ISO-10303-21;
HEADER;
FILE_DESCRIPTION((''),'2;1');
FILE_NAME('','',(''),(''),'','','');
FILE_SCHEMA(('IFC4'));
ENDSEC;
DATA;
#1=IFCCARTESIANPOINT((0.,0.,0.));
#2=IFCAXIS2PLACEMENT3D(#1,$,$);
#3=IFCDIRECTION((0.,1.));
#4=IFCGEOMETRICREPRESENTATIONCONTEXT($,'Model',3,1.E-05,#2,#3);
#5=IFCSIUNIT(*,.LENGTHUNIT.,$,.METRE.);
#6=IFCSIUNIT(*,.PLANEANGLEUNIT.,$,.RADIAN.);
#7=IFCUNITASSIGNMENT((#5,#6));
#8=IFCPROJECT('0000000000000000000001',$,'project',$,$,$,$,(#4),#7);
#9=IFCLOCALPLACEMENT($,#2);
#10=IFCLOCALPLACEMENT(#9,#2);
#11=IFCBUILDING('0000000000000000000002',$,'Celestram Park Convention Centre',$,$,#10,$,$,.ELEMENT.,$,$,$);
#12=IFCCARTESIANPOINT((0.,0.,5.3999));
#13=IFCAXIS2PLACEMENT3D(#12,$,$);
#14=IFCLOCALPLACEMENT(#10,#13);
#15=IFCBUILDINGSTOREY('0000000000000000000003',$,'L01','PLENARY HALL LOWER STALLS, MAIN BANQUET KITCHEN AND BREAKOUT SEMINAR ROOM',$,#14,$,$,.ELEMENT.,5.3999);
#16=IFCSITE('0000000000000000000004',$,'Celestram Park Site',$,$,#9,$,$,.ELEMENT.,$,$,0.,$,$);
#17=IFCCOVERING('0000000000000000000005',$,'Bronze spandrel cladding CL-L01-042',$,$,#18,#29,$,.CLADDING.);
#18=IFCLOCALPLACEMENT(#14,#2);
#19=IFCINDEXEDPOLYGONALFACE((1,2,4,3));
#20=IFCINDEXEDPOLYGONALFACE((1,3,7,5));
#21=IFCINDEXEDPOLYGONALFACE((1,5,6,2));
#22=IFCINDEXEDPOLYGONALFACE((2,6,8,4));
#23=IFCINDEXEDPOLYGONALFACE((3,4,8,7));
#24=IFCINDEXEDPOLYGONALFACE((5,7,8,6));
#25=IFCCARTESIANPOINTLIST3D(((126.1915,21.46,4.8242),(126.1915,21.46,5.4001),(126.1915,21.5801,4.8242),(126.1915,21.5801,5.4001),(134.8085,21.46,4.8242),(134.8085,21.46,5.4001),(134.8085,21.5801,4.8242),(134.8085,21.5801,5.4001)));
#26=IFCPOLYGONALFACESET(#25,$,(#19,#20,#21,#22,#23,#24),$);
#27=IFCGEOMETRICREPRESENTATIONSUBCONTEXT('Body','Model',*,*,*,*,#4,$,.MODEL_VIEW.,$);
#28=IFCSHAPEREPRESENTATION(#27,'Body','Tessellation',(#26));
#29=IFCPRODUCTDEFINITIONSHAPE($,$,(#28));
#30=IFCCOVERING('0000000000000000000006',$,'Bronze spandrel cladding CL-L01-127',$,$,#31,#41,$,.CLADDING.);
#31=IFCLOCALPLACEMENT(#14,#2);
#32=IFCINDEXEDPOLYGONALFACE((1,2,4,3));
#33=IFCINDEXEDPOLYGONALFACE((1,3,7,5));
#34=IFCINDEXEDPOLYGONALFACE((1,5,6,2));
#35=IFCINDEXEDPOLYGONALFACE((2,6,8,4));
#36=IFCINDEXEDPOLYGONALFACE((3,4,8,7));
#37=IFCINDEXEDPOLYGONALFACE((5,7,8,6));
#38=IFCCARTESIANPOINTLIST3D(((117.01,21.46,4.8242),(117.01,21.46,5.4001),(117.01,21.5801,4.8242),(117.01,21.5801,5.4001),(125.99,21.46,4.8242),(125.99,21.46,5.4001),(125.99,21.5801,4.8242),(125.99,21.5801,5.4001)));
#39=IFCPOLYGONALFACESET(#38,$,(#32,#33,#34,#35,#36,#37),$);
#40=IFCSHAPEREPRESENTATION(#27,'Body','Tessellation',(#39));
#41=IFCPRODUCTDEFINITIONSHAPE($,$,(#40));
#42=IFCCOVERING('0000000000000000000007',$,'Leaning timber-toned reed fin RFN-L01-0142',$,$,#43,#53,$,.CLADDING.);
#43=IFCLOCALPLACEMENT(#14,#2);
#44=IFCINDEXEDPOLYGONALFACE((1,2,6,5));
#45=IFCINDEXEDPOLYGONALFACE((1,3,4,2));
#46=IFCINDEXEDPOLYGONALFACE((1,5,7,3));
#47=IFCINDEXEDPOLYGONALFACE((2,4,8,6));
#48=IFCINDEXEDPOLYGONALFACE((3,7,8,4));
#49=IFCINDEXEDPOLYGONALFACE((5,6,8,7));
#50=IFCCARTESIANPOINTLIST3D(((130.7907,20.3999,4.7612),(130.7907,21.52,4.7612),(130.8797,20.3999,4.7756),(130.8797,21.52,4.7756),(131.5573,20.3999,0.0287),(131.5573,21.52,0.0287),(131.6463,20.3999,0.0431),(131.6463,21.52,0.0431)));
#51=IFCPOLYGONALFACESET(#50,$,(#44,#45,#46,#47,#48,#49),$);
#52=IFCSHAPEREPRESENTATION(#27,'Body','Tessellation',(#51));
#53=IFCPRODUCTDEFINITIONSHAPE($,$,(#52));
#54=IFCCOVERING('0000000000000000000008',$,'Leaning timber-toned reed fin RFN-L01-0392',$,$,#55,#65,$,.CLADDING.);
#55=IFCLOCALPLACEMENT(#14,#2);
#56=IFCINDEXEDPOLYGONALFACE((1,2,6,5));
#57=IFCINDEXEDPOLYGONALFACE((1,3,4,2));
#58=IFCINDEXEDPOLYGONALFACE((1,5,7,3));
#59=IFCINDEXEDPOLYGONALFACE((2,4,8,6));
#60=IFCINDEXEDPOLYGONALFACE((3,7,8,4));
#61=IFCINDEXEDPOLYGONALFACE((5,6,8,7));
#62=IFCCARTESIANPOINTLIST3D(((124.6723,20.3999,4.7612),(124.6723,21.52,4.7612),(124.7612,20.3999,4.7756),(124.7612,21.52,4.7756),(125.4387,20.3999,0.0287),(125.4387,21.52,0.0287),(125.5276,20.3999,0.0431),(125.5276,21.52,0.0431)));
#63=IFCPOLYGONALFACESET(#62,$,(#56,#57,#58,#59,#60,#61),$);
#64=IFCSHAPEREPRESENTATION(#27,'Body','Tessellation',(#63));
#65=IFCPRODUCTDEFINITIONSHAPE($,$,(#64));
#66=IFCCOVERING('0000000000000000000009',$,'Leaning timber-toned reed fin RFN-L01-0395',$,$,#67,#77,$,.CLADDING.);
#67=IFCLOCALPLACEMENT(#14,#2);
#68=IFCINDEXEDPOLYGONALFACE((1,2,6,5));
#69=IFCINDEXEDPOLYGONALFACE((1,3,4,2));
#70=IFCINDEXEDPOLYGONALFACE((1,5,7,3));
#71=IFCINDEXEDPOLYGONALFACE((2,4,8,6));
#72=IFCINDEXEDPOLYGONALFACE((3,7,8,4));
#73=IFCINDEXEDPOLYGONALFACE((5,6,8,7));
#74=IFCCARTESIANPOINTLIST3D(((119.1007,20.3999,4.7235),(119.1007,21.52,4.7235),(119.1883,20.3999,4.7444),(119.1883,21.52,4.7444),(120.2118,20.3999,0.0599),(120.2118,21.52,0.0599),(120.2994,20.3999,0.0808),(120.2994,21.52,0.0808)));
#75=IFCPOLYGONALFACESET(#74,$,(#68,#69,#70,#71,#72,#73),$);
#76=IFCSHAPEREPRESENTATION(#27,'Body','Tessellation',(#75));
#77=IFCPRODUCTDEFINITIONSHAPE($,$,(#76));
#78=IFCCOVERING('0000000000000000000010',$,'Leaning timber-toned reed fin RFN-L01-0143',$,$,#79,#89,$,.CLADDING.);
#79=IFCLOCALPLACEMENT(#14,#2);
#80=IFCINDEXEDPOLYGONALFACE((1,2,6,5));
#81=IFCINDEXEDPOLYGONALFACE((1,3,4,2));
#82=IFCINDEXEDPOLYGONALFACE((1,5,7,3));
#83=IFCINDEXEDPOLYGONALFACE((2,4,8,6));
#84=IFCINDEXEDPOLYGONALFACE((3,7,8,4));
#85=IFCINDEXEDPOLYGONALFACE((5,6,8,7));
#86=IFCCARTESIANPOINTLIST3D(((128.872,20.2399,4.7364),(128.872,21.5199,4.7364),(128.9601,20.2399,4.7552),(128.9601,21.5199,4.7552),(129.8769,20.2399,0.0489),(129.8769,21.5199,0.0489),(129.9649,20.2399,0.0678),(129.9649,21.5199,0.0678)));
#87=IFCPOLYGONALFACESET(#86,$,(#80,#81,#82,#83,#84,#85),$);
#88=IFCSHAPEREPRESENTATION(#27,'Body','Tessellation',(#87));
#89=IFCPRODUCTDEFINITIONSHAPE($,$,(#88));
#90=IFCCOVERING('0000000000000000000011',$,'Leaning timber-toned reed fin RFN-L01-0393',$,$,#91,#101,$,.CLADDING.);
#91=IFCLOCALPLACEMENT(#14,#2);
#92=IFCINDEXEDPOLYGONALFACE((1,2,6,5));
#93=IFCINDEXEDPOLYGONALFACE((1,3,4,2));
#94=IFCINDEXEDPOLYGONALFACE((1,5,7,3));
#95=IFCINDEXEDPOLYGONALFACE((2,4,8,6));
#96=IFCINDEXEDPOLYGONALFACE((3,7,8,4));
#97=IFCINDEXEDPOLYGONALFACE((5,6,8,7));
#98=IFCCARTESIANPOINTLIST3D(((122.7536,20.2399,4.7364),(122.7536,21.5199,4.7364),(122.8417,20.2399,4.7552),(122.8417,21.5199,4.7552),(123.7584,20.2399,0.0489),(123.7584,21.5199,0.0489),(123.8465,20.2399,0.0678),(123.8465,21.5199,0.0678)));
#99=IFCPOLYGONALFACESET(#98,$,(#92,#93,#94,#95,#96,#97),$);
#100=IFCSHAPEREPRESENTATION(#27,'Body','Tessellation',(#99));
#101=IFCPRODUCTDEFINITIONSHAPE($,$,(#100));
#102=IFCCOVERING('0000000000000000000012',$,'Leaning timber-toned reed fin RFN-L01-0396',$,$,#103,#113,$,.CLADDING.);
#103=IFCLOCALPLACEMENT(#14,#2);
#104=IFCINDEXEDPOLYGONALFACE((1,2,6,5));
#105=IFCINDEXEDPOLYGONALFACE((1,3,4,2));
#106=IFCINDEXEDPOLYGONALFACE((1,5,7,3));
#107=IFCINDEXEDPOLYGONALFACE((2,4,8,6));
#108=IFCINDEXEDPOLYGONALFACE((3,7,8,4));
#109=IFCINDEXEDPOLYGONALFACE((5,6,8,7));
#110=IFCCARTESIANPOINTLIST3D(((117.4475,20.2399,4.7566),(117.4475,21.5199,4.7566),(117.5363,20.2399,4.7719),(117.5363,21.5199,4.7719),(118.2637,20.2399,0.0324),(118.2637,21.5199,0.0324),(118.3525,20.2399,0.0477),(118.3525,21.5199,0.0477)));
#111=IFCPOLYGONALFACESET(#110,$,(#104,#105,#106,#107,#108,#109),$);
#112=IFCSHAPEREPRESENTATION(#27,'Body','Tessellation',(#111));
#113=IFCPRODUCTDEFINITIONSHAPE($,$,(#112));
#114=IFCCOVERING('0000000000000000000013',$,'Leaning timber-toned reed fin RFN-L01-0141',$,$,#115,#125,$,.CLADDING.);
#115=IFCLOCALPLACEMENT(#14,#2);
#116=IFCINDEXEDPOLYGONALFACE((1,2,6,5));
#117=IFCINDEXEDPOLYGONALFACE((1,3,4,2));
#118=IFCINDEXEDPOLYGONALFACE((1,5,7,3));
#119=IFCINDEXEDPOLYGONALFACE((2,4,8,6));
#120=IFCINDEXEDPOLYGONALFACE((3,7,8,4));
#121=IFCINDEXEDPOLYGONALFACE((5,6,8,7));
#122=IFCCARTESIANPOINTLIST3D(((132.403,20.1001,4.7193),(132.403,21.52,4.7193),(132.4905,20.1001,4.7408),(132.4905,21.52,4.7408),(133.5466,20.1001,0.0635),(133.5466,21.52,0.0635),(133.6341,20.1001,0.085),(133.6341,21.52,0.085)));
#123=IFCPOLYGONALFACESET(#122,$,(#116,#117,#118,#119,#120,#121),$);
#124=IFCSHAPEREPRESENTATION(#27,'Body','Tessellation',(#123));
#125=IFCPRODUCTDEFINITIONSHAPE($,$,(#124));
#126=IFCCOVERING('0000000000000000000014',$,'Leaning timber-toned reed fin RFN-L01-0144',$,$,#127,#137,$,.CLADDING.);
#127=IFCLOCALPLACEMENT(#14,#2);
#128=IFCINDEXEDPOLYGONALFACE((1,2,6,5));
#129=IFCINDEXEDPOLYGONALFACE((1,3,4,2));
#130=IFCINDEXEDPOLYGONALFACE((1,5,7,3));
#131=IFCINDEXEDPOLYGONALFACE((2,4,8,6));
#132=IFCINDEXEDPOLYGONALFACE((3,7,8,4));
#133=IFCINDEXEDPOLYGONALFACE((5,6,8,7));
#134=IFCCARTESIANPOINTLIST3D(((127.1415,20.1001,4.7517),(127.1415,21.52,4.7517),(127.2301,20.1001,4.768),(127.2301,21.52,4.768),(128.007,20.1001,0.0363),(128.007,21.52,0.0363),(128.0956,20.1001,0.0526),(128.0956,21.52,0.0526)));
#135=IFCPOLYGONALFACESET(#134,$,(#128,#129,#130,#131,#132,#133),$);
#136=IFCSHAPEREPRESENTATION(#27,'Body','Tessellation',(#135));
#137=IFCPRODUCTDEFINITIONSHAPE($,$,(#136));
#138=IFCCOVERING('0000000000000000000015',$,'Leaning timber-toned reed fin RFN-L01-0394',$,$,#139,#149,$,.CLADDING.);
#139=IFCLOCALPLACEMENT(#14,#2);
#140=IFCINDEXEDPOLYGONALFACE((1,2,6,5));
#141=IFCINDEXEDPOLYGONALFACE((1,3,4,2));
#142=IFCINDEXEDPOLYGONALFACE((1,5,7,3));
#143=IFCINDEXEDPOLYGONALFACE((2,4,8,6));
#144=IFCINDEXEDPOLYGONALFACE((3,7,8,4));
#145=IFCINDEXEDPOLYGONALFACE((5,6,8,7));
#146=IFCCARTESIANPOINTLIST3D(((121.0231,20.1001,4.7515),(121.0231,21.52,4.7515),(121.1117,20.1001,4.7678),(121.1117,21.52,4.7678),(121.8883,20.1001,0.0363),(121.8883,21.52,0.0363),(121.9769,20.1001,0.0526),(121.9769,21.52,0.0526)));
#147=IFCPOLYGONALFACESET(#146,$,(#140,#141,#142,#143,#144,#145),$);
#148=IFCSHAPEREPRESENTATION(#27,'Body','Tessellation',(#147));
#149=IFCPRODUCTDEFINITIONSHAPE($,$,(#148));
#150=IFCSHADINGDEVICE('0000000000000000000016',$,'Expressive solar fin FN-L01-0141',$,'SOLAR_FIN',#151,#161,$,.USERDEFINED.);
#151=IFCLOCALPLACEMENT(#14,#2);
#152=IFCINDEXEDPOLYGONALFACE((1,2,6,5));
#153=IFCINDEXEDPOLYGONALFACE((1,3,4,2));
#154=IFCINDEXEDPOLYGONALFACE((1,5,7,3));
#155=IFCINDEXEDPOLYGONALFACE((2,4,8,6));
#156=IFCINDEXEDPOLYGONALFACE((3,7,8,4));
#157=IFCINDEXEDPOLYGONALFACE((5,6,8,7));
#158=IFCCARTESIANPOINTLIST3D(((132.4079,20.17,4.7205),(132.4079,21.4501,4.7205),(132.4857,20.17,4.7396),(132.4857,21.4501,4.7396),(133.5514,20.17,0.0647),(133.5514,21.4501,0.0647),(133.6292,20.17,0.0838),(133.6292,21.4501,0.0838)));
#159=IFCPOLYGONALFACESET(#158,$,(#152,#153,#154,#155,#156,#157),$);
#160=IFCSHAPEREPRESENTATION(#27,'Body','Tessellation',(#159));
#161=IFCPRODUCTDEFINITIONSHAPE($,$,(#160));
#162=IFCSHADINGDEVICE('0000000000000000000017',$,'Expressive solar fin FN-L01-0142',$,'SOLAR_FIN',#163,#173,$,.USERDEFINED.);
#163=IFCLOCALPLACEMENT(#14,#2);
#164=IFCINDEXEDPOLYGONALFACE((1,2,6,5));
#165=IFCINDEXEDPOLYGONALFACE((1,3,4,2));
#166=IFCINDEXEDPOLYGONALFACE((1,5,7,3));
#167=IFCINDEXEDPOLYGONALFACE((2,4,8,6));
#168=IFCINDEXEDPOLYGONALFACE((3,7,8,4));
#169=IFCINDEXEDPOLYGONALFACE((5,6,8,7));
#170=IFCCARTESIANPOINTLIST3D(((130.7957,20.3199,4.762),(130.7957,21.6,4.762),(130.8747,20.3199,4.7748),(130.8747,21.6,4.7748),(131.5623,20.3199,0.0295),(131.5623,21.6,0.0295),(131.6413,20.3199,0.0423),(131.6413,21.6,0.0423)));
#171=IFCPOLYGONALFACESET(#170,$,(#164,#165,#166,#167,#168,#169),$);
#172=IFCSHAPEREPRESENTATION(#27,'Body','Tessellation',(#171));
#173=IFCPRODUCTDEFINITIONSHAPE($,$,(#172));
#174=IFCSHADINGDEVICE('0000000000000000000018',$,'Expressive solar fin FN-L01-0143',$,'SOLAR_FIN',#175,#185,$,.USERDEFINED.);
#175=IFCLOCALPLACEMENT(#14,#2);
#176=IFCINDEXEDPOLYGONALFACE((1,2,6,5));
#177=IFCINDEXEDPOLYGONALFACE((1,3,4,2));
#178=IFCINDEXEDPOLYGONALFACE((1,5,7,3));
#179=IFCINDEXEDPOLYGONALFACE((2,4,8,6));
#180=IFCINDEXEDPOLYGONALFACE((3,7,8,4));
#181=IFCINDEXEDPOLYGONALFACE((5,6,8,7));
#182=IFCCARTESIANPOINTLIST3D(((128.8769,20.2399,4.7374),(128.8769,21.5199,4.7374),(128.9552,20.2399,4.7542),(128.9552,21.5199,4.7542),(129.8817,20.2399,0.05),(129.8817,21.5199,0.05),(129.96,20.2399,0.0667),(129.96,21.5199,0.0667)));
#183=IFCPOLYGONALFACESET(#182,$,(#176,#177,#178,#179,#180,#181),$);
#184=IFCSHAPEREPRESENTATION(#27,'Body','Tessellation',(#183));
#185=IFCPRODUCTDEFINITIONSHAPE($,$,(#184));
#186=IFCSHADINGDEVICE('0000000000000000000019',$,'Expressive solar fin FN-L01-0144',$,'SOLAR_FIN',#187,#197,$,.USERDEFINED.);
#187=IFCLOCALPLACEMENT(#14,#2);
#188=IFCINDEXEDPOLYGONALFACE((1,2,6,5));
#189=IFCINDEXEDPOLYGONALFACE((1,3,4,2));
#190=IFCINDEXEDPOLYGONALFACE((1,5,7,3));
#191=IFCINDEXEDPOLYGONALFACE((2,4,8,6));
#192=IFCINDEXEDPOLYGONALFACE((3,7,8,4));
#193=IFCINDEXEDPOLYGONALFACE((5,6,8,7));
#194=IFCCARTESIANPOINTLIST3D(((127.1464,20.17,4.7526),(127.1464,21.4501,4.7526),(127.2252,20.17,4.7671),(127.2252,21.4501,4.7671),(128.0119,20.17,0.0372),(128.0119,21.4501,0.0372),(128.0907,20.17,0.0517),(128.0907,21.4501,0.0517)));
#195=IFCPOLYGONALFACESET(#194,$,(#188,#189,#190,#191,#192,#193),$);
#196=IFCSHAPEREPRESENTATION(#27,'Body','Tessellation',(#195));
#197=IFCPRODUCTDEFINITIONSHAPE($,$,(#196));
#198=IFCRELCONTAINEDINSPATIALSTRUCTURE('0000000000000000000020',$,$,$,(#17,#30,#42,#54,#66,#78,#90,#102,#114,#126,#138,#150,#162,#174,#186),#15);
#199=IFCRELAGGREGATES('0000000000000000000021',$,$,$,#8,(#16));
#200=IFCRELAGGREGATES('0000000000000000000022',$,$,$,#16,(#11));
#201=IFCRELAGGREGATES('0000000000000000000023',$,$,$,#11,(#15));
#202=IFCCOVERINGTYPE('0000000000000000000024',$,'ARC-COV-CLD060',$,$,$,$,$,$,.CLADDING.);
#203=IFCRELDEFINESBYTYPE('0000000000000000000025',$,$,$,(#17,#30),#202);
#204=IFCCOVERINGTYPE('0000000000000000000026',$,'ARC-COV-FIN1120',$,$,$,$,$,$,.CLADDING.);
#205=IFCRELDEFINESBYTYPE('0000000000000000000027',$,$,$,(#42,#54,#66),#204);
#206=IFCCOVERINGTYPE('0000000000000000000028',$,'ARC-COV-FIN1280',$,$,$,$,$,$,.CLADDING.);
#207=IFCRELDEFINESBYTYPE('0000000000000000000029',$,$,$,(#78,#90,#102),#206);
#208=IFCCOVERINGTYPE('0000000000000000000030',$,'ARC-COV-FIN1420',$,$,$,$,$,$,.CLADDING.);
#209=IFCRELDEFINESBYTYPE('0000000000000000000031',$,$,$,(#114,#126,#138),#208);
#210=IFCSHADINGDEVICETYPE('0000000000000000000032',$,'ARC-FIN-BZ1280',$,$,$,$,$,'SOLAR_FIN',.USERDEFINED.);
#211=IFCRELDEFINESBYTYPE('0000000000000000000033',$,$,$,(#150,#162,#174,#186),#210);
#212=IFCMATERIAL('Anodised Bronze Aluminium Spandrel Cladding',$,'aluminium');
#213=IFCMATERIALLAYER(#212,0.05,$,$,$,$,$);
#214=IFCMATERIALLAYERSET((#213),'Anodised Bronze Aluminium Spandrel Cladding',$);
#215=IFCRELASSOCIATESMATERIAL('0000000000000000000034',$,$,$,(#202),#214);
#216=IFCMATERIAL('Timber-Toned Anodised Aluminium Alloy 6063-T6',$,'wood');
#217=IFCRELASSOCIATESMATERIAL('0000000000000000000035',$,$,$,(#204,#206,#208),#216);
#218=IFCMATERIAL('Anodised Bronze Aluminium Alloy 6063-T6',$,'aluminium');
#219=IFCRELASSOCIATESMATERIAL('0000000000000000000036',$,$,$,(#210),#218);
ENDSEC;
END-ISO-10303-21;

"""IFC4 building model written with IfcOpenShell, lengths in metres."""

from ifc_helpers import new_model, si_unit, direction, frame, origin, origin_2d, place, context, subcontext, project, spatial, rectangle, extrude, material, layer, layer_set, material_profile, profile_set, type_object, element, save


model = new_model("IFC4")

# Units and contexts
model_context = context("Model", 3, precision=1e-05, world=origin(), true_north=direction((0.0, 1.0)))
body_context = subcontext(model_context, "Body", "Model", "MODEL_VIEW")
ifc_project = project(units=[si_unit("LENGTHUNIT", "METRE"), si_unit("PLANEANGLEUNIT", "RADIAN")], contexts=[model_context])

# Site, building, storey
site_placement = place(None, origin())
site = spatial("IfcSite", under=ifc_project, at=site_placement, Name="Celestram Park Site", CompositionType="ELEMENT", RefElevation=0.0)
building_placement = place(site_placement, origin())
building = spatial("IfcBuilding", under=site, at=building_placement, Name="Celestram Park Convention Centre", CompositionType="ELEMENT")
storey_placement = place(building_placement, frame((0.0, 0.0, 5.3999)))
storey = spatial("IfcBuildingStorey", under=building, at=storey_placement, Name="L01", Description="PLENARY HALL LOWER STALLS, MAIN BANQUET KITCHEN AND BREAKOUT SEMINAR ROOM", CompositionType="ELEMENT", Elevation=5.3999)

# Coverings
ifc_material_1 = material(Name="Anodised Bronze Aluminium Spandrel Cladding", Category="aluminium")
ifc_layer = layer(ifc_material_1, 0.05)
ifc_layer_set = layer_set([ifc_layer], Name="Anodised Bronze Aluminium Spandrel Cladding")
covering_type_1 = type_object("IfcCoveringType", Name="ARC-COV-CLD060", PredefinedType="CLADDING", material=ifc_layer_set)
covering_1_placement = place(storey_placement, frame((130.5, 21.52, 4.8242), z_axis=(0.0, 0.0, 1.0), x_axis=(-1.0, 0.0, 0.0)))
element("IfcCovering", 1, at=covering_1_placement, inside=storey, type_object=covering_type_1, Name="Bronze spandrel cladding CL-L01-042", PredefinedType="CLADDING", context=body_context, shape_type="SweptSolid", body=[
    extrude(rectangle(XDim=8.6169, YDim=0.1201, at=origin_2d()), origin(), (0.0, 0.0, 1.0), 0.5759),
])
covering_2_placement = place(storey_placement, frame((121.5, 21.52, 4.8242), z_axis=(0.0, 0.0, 1.0), x_axis=(-1.0, 0.0, 0.0)))
element("IfcCovering", 2, at=covering_2_placement, inside=storey, type_object=covering_type_1, Name="Bronze spandrel cladding CL-L01-127", PredefinedType="CLADDING", context=body_context, shape_type="SweptSolid", body=[
    extrude(rectangle(XDim=8.98, YDim=0.1201, at=origin_2d()), origin(), (0.0, 0.0, 1.0), 0.5759),
])
ifc_material_2 = material(Name="Timber-Toned Anodised Aluminium Alloy 6063-T6", Category="wood")
ifc_material_profile_1 = material_profile(ifc_material_2, rectangle(XDim=1.1201, YDim=0.0901, at=origin_2d()), Name="REED1120X90")
ifc_profile_set_1 = profile_set([ifc_material_profile_1], Name="Timber-Toned Anodised Aluminium Alloy 6063-T6")
covering_type_2 = type_object("IfcCoveringType", Name="ARC-COV-FIN1120", PredefinedType="CLADDING", material=ifc_profile_set_1)
for number, where, z_axis, x_axis, name in (
    (3, (131.6018, 20.96, 0.0359), (-0.159905, 0.0, 0.987132), (0.0, -1.0, 0.0), "Leaning timber-toned reed fin RFN-L01-0142"),
    (4, (125.4832, 20.96, 0.0359), (-0.159855, 0.0, 0.98714), (0.0, -1.0, 0.0), "Leaning timber-toned reed fin RFN-L01-0392"),
    (5, (120.2556, 20.96, 0.0703), (-0.231761, 0.0, 0.972773), (0.0, -1.0, 0.0), "Leaning timber-toned reed fin RFN-L01-0395"),
):
    element("IfcCovering", number, at=place(storey_placement, frame(where, z_axis=z_axis, x_axis=x_axis)), inside=storey, type_object=covering_type_2, Name=name, PredefinedType="CLADDING", context=body_context, shape_type="SweptSolid", body=[
        extrude(rectangle(XDim=1.1201, YDim=0.0901, at=origin_2d()), origin(), (0.0, 0.0, 1.0), 4.7942),
    ])
ifc_material_profile_2 = material_profile(ifc_material_2, rectangle(XDim=1.28, YDim=0.0901, at=origin_2d()), Name="REED1280X90")
ifc_profile_set_2 = profile_set([ifc_material_profile_2], Name="Timber-Toned Anodised Aluminium Alloy 6063-T6")
covering_type_3 = type_object("IfcCoveringType", Name="ARC-COV-FIN1280", PredefinedType="CLADDING", material=ifc_profile_set_2)
for number, where, z_axis, x_axis, name in (
    (6, (129.9209, 20.8799, 0.0583), (-0.209613, 0.0, 0.977785), (0.0, -1.0, 0.0), "Leaning timber-toned reed fin RFN-L01-0143"),
    (7, (123.8025, 20.8799, 0.0583), (-0.209613, 0.0, 0.977785), (0.0, -1.0, 0.0), "Leaning timber-toned reed fin RFN-L01-0393"),
):
    element("IfcCovering", number, at=place(storey_placement, frame(where, z_axis=z_axis, x_axis=x_axis)), inside=storey, type_object=covering_type_3, Name=name, PredefinedType="CLADDING", context=body_context, shape_type="SweptSolid", body=[
        extrude(rectangle(XDim=1.28, YDim=0.0901, at=origin_2d()), origin(), (0.0, 0.0, 1.0), 4.7939),
    ])
covering_3_placement = place(storey_placement, frame((118.3081, 20.8799, 0.04), z_axis=(-0.170243, 0.0, 0.985402), x_axis=(0.0, -1.0, 0.0)))
element("IfcCovering", 8, at=covering_3_placement, inside=storey, type_object=covering_type_3, Name="Leaning timber-toned reed fin RFN-L01-0396", PredefinedType="CLADDING", context=body_context, shape_type="SweptSolid", body=[
    extrude(rectangle(XDim=1.28, YDim=0.0901, at=origin_2d()), origin(), (0.0, 0.0, 1.0), 4.7942),
])
ifc_material_profile_3 = material_profile(ifc_material_2, rectangle(XDim=1.4199, YDim=0.0901, at=origin_2d()), Name="REED1420X90")
ifc_profile_set_3 = profile_set([ifc_material_profile_3], Name="Timber-Toned Anodised Aluminium Alloy 6063-T6")
covering_type_4 = type_object("IfcCoveringType", Name="ARC-COV-FIN1420", PredefinedType="CLADDING", material=ifc_profile_set_3)
for number, where, z_axis, x_axis, name in (
    (9, (133.5903, 20.8101, 0.0742), (-0.238531, 0.0, 0.971135), (0.0, -1.0, 0.0), "Leaning timber-toned reed fin RFN-L01-0141"),
    (10, (128.0513, 20.8101, 0.0444), (-0.18053, 0.0, 0.98357), (0.0, -1.0, 0.0), "Leaning timber-toned reed fin RFN-L01-0144"),
):
    element("IfcCovering", number, at=place(storey_placement, frame(where, z_axis=z_axis, x_axis=x_axis)), inside=storey, type_object=covering_type_4, Name=name, PredefinedType="CLADDING", context=body_context, shape_type="SweptSolid", body=[
        extrude(rectangle(XDim=1.4199, YDim=0.0901, at=origin_2d()), origin(), (0.0, 0.0, 1.0), 4.7942),
    ])
covering_4_placement = place(storey_placement, frame((121.9326, 20.8101, 0.0444), z_axis=(-0.180481, 0.0, 0.983579), x_axis=(0.0, -1.0, 0.0)))
element("IfcCovering", 11, at=covering_4_placement, inside=storey, type_object=covering_type_4, Name="Leaning timber-toned reed fin RFN-L01-0394", PredefinedType="CLADDING", context=body_context, shape_type="SweptSolid", body=[
    extrude(rectangle(XDim=1.4199, YDim=0.0901, at=origin_2d()), origin(), (0.0, 0.0, 1.0), 4.7939),
])

# Shading devices
ifc_material_3 = material(Name="Anodised Bronze Aluminium Alloy 6063-T6", Category="aluminium")
ifc_material_profile_4 = material_profile(ifc_material_3, rectangle(XDim=1.28, YDim=0.0801, at=origin_2d()), Name="FIN1280X80")
ifc_profile_set_4 = profile_set([ifc_material_profile_4], Name="Anodised Bronze Aluminium Alloy 6063-T6")
shading_device_type = type_object("IfcShadingDeviceType", Name="ARC-FIN-BZ1280", ElementType="SOLAR_FIN", PredefinedType="USERDEFINED", material=ifc_profile_set_4)
for number, where, z_axis, x_axis, name in (
    (12, (133.5903, 20.8101, 0.0742), (-0.238531, 0.0, 0.971135), (0.0, -1.0, 0.0), "Expressive solar fin FN-L01-0141"),
    (13, (131.6018, 20.96, 0.0359), (-0.159905, 0.0, 0.987132), (0.0, -1.0, 0.0), "Expressive solar fin FN-L01-0142"),
):
    element("IfcShadingDevice", number, at=place(storey_placement, frame(where, z_axis=z_axis, x_axis=x_axis)), inside=storey, type_object=shading_device_type, Name=name, ObjectType="SOLAR_FIN", PredefinedType="USERDEFINED", context=body_context, shape_type="SweptSolid", body=[
        extrude(rectangle(XDim=1.28, YDim=0.0801, at=origin_2d()), origin(), (0.0, 0.0, 1.0), 4.7942),
    ])
shading_device_placement = place(storey_placement, frame((129.9209, 20.8799, 0.0583), z_axis=(-0.209613, 0.0, 0.977785), x_axis=(0.0, -1.0, 0.0)))
element("IfcShadingDevice", 14, at=shading_device_placement, inside=storey, type_object=shading_device_type, Name="Expressive solar fin FN-L01-0143", ObjectType="SOLAR_FIN", PredefinedType="USERDEFINED", context=body_context, shape_type="SweptSolid", body=[
    extrude(rectangle(XDim=1.28, YDim=0.0801, at=origin_2d()), origin(), (0.0, 0.0, 1.0), 4.7939),
])
for number, where, z_axis, x_axis, name in (
    (15, (128.0513, 20.8101, 0.0444), (-0.18053, 0.0, 0.98357), (0.0, -1.0, 0.0), "Expressive solar fin FN-L01-0144"),
):
    element("IfcShadingDevice", number, at=place(storey_placement, frame(where, z_axis=z_axis, x_axis=x_axis)), inside=storey, type_object=shading_device_type, Name=name, ObjectType="SOLAR_FIN", PredefinedType="USERDEFINED", context=body_context, shape_type="SweptSolid", body=[
        extrude(rectangle(XDim=1.28, YDim=0.0801, at=origin_2d()), origin(), (0.0, 0.0, 1.0), 4.7942),
    ])

save(model, "model.ifc")
